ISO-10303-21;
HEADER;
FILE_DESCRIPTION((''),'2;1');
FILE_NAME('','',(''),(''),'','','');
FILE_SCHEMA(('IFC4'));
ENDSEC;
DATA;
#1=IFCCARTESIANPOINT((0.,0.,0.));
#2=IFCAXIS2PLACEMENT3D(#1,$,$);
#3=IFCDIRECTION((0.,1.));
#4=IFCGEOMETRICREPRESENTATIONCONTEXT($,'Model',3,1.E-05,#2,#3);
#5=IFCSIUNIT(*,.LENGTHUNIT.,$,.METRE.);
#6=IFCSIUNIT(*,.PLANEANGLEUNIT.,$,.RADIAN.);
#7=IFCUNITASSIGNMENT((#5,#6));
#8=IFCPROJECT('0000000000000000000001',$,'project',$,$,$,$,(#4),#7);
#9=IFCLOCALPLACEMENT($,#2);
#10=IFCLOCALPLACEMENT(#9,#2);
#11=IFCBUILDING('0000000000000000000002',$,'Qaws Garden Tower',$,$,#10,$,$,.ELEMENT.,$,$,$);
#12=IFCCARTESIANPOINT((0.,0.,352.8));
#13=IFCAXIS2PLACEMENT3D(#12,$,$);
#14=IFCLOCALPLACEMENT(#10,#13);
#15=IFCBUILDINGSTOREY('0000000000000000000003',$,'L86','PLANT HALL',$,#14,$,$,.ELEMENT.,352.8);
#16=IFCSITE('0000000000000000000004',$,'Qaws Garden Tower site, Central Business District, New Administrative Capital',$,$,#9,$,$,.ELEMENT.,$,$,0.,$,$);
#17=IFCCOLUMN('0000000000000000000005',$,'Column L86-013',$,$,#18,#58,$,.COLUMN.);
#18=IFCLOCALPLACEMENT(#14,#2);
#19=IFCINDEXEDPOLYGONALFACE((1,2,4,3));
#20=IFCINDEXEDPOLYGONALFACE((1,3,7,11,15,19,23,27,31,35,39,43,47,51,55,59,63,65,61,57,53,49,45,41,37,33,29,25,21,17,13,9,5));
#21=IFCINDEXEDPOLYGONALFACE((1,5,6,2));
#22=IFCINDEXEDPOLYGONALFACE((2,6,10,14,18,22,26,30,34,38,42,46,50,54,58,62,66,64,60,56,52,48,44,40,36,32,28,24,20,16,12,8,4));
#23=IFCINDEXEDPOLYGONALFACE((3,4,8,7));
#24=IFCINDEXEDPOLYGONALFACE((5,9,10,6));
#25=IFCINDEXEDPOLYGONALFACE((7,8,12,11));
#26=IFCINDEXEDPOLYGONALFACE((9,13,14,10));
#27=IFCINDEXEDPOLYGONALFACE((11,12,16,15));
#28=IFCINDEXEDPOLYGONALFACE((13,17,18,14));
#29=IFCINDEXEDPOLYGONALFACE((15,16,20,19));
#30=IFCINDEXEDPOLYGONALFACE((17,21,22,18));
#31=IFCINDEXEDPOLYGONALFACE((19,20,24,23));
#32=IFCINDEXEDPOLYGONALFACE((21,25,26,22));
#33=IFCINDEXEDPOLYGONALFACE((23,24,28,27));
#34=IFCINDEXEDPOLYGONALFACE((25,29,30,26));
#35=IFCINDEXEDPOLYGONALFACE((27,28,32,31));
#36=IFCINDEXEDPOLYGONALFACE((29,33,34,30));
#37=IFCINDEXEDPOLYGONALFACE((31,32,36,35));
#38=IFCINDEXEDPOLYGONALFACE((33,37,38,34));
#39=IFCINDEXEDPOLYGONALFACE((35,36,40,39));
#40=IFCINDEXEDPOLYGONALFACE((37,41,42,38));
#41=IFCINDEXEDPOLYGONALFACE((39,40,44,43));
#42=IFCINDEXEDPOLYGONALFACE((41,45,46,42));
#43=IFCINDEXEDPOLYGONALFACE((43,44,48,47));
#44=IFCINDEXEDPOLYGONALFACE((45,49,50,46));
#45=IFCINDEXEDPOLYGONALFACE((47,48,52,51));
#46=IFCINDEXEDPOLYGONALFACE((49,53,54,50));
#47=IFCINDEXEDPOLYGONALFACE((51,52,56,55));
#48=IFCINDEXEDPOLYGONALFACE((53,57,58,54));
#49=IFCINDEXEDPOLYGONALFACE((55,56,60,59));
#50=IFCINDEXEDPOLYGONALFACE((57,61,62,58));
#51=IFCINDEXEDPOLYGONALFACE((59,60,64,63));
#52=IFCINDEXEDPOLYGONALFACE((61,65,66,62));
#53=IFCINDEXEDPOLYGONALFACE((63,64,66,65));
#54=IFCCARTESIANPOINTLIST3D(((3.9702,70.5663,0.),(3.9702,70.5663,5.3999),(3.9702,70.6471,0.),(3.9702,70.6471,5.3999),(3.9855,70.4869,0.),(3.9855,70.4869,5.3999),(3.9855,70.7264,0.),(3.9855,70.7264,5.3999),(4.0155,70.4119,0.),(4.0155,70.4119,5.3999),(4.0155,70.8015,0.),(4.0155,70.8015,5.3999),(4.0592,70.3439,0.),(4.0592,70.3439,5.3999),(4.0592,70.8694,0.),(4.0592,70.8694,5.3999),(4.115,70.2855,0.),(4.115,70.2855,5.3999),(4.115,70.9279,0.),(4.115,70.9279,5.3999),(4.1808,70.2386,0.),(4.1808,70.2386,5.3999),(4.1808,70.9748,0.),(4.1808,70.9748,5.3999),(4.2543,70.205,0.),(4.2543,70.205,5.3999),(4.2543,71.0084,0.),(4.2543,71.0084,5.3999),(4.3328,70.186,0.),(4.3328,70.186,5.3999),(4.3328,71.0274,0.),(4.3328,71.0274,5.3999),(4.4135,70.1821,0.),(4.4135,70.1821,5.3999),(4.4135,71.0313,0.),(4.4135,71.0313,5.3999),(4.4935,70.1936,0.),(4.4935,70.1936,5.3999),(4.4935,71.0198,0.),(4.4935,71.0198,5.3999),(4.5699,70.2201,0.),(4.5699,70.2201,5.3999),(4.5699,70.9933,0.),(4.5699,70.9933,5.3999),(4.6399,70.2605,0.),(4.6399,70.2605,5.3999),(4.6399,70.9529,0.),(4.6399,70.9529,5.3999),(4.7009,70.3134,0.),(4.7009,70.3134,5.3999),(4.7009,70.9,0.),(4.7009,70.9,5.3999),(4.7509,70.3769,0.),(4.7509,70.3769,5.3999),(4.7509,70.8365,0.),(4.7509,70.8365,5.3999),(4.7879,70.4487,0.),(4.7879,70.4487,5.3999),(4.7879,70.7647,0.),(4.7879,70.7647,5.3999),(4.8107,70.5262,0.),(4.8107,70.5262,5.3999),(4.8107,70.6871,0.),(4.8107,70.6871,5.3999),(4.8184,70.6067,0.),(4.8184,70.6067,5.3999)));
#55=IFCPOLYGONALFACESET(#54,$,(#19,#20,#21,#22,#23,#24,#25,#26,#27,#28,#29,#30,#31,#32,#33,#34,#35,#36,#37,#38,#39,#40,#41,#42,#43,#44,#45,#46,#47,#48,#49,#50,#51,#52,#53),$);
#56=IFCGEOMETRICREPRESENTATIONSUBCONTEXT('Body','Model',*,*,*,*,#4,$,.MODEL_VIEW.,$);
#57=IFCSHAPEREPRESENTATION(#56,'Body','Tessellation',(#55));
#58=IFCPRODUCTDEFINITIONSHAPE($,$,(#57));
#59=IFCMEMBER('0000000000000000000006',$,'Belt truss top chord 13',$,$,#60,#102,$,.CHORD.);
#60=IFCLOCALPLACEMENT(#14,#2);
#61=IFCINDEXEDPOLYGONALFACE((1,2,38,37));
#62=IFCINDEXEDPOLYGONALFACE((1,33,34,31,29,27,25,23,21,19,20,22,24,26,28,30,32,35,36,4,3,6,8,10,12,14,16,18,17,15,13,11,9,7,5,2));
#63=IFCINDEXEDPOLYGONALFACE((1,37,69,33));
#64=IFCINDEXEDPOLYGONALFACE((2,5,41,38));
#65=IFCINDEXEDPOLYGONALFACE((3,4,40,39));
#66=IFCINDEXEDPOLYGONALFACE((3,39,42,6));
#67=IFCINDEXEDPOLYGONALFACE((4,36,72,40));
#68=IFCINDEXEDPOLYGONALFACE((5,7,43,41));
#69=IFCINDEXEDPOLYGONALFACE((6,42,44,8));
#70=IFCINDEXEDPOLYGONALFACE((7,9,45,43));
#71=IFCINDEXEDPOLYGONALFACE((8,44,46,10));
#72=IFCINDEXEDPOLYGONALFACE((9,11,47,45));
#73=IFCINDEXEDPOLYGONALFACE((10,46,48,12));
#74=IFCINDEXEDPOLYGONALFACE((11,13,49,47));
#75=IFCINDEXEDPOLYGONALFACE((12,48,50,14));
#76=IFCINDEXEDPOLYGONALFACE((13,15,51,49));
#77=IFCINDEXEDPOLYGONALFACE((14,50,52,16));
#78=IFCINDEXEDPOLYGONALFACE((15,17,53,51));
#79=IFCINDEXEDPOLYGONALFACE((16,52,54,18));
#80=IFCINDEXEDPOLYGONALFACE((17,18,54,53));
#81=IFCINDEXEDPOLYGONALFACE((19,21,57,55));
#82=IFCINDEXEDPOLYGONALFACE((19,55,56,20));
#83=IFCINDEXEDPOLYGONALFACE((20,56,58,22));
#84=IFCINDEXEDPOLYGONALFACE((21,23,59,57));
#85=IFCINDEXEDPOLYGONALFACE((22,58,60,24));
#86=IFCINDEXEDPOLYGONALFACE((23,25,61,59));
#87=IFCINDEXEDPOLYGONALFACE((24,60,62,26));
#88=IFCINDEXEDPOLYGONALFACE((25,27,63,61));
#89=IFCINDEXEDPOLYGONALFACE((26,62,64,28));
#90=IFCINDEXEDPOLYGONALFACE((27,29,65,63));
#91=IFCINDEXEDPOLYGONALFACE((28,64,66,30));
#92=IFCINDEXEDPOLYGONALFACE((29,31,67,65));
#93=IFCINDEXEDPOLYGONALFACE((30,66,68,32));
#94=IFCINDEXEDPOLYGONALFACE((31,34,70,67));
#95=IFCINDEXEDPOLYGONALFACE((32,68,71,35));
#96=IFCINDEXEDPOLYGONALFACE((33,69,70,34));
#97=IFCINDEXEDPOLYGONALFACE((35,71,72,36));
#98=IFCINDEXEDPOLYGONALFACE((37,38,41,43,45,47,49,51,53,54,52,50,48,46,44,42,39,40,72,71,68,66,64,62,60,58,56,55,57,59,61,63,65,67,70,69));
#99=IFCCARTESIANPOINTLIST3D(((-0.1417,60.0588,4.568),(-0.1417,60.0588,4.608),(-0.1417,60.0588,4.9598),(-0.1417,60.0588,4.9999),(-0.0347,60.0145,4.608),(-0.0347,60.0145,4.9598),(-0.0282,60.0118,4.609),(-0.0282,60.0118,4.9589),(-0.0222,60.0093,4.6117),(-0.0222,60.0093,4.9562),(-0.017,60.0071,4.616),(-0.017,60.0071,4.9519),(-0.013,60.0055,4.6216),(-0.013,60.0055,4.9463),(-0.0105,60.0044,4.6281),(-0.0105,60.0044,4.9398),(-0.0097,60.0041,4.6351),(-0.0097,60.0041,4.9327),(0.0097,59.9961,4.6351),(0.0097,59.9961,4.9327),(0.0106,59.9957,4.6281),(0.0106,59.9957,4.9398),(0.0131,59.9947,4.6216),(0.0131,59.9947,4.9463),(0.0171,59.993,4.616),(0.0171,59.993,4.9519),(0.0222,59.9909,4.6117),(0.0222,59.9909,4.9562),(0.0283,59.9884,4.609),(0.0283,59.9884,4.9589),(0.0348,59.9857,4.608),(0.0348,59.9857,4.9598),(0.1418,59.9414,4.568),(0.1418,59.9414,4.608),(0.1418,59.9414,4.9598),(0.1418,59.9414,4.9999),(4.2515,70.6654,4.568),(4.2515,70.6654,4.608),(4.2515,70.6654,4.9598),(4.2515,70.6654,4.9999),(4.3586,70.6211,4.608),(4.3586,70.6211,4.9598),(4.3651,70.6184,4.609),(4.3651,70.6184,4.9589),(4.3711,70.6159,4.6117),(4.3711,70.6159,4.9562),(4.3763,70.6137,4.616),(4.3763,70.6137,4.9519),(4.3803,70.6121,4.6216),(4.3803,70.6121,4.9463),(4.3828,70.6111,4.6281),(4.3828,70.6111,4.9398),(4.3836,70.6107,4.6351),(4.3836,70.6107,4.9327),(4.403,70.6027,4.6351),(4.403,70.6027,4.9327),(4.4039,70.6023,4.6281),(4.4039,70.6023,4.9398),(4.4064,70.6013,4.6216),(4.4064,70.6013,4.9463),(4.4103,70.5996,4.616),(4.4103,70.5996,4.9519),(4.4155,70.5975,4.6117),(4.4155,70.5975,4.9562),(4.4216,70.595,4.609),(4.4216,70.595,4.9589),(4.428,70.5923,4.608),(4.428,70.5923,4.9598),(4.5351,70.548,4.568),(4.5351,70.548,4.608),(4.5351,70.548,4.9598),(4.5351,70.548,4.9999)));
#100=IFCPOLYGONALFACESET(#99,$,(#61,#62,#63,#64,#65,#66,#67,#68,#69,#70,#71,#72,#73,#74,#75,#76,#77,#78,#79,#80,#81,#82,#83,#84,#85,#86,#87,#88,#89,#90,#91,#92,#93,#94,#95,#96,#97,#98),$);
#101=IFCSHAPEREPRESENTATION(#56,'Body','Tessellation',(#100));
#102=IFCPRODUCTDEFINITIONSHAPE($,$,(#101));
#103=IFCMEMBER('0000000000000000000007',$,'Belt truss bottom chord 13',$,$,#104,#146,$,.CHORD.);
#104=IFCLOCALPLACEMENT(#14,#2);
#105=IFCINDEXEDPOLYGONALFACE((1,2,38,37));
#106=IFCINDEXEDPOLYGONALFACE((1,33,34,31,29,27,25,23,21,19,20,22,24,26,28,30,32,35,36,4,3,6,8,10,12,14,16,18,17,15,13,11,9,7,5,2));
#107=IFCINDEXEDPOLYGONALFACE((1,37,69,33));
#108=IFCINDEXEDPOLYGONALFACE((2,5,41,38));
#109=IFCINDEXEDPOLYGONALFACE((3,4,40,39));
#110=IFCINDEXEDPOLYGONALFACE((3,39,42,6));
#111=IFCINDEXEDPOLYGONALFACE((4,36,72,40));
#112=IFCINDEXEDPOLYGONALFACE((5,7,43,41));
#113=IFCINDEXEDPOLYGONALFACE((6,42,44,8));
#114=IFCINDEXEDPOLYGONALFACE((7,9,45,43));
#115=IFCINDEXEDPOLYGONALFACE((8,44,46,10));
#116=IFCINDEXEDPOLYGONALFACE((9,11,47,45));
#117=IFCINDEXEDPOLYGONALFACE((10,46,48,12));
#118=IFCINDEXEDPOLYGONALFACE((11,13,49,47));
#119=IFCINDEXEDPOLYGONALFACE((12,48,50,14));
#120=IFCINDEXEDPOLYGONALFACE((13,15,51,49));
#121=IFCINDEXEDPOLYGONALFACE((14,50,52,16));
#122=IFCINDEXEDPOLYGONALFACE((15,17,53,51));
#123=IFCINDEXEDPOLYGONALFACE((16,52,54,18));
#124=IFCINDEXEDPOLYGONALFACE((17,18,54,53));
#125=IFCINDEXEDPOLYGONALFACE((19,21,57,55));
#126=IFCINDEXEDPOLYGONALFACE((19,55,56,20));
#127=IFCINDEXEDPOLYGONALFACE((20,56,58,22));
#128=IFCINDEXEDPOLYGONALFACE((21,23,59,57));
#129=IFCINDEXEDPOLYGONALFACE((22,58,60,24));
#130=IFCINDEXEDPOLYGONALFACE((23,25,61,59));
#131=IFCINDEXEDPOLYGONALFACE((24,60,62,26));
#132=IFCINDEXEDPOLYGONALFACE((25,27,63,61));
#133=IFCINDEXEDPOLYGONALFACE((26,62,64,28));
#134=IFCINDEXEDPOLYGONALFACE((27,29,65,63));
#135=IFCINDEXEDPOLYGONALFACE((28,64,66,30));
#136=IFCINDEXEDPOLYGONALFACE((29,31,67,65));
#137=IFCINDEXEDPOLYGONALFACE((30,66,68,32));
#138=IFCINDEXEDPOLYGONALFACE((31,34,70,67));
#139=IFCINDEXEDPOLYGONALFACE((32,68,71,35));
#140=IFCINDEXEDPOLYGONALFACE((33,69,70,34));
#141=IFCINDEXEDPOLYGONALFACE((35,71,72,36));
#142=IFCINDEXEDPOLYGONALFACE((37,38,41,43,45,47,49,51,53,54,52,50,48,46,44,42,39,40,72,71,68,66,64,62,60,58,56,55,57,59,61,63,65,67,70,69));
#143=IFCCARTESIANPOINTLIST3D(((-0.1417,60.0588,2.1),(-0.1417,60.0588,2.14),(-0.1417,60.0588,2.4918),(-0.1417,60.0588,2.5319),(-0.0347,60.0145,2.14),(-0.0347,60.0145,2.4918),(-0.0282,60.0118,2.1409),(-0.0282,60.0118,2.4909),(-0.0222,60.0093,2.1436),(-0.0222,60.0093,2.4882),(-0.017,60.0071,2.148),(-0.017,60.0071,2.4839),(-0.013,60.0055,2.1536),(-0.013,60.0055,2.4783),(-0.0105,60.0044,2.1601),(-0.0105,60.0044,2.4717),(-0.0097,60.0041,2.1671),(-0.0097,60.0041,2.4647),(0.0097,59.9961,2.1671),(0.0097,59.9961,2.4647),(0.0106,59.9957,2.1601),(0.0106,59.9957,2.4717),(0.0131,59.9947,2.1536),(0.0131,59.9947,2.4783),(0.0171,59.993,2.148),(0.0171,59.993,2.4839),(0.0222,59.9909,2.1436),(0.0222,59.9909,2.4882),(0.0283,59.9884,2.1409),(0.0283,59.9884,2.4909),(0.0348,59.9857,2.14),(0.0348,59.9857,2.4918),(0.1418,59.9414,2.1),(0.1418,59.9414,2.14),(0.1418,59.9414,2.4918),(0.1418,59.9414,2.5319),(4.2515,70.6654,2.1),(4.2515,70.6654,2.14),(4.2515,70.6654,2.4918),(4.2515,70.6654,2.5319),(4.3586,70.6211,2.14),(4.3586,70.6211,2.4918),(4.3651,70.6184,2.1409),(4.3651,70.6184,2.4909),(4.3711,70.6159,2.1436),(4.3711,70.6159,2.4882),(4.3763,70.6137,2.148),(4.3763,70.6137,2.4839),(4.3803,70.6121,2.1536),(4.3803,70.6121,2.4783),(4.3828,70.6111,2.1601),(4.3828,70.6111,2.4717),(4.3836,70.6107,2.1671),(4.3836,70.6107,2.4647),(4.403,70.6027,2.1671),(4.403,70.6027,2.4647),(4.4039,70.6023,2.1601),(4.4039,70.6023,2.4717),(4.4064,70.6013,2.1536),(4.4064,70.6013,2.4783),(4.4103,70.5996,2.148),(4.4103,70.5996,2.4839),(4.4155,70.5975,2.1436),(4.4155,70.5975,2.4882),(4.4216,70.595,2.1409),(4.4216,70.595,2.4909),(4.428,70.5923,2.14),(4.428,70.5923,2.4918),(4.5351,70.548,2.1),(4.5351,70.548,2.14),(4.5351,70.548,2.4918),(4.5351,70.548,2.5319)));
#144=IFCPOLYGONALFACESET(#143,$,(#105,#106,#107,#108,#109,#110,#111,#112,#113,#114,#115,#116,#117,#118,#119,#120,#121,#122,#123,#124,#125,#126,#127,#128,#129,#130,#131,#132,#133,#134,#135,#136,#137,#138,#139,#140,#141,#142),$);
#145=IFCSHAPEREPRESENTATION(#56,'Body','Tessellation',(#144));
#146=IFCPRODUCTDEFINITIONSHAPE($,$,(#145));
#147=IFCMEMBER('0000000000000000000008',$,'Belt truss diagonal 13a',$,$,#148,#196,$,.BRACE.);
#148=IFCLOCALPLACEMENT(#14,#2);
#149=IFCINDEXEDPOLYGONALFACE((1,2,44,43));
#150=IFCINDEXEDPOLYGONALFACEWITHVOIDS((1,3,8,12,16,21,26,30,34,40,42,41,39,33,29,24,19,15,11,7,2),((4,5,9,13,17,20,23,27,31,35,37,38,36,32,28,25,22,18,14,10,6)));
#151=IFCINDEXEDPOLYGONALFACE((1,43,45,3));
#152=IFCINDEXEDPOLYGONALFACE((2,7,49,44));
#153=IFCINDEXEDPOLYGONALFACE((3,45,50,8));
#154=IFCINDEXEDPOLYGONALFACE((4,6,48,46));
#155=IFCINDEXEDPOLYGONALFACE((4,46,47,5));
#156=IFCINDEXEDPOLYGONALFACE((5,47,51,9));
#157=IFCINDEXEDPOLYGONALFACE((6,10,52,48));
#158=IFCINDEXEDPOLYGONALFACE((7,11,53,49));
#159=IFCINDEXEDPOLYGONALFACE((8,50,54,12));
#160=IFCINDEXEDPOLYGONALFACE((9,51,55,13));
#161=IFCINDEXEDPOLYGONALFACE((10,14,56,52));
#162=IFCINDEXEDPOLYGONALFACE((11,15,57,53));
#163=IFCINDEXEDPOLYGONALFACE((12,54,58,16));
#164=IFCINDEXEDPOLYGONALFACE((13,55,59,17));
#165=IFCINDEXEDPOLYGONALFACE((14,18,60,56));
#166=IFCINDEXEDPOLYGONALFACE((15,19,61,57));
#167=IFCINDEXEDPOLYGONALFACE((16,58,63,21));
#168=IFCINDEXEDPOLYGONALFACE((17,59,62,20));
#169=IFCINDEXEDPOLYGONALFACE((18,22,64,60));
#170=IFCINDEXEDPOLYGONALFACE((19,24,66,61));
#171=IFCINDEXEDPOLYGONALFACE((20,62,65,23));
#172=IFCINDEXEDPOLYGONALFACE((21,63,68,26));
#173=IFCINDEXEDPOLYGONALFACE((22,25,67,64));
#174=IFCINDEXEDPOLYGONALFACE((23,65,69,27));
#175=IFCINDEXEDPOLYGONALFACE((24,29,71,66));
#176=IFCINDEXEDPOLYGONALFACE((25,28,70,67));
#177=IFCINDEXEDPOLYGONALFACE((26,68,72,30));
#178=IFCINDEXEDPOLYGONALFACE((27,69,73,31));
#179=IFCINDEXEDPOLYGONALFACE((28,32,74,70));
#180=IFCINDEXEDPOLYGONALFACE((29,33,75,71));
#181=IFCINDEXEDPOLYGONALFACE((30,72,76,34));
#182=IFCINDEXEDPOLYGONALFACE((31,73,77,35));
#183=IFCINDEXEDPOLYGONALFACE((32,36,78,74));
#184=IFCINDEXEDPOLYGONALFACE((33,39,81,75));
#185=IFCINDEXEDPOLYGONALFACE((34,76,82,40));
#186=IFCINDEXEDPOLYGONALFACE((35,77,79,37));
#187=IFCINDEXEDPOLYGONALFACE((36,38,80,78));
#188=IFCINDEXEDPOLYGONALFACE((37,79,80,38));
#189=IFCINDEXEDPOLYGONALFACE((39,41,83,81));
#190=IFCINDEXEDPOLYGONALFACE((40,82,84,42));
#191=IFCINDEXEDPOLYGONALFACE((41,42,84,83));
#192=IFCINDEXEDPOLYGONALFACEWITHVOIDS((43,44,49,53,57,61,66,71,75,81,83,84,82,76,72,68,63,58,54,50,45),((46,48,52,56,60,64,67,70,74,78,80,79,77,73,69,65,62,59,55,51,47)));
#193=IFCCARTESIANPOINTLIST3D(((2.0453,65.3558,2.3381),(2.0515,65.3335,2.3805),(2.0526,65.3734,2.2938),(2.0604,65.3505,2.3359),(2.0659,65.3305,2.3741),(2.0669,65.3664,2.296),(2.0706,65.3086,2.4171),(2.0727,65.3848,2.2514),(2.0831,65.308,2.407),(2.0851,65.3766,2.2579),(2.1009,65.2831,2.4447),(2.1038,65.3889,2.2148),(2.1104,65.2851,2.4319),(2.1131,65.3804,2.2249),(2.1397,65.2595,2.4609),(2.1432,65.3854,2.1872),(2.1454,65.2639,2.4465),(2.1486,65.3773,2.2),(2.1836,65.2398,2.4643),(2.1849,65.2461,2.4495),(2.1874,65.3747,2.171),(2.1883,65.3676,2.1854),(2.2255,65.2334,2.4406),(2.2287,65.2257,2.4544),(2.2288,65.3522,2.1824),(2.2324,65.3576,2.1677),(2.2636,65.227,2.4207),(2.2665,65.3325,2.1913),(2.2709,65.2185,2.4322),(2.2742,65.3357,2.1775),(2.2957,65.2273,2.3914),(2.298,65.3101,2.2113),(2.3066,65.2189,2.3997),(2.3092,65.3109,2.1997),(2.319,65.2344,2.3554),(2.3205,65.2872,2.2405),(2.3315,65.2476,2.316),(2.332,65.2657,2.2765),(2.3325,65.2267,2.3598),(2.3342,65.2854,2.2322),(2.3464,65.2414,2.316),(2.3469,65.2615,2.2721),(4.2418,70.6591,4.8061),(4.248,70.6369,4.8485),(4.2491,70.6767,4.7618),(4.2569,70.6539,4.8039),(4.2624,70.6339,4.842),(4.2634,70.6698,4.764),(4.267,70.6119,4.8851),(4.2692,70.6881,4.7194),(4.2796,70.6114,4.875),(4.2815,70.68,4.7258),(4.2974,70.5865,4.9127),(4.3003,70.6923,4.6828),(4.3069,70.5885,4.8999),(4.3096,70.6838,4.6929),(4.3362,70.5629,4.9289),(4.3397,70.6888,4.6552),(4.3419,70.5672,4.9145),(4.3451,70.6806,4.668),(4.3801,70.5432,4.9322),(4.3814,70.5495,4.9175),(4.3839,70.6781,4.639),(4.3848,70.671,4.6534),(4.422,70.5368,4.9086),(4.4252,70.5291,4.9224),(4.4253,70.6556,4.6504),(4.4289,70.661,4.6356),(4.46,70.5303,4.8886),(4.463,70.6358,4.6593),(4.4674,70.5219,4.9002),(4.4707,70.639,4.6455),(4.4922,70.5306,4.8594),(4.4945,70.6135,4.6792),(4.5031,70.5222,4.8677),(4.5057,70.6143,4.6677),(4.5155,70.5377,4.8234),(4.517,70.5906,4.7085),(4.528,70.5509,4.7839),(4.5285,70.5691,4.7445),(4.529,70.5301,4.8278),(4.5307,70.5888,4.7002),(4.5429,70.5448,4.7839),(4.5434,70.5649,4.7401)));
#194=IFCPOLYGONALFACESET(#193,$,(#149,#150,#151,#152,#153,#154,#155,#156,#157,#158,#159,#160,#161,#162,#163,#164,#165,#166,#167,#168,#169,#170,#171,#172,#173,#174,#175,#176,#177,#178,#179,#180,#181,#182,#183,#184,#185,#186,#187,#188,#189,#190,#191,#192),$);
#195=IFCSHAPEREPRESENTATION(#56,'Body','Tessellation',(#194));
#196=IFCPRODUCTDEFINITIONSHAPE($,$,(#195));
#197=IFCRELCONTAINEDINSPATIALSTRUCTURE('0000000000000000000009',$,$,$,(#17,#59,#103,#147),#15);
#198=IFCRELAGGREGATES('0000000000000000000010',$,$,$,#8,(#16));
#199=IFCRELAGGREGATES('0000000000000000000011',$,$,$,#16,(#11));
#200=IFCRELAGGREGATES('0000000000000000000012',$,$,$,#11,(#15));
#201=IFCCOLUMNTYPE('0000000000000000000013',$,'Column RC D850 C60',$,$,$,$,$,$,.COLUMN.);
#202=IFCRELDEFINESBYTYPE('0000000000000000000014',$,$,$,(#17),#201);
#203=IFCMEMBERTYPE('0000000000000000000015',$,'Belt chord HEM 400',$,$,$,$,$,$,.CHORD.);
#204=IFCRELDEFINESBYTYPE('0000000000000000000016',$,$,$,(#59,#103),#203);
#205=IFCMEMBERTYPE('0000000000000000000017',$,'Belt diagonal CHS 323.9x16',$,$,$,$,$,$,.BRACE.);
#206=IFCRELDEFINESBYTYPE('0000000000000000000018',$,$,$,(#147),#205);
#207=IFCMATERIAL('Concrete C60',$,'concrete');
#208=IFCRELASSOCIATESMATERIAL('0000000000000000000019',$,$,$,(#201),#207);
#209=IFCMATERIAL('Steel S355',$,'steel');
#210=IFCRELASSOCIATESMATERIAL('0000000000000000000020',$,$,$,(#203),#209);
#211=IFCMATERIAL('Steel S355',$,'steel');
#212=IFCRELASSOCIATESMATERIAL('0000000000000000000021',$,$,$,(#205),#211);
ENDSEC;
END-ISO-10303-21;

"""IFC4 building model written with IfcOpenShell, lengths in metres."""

from ifc_helpers import new_model, si_unit, direction, frame, origin, origin_2d, place, context, subcontext, project, spatial, circle, hollow_circle, i_section, extrude, material, material_profile, profile_set, type_object, element, save


model = new_model("IFC4")

# Units and contexts
model_context = context("Model", 3, precision=1e-05, world=origin(), true_north=direction((0.0, 1.0)))
body_context = subcontext(model_context, "Body", "Model", "MODEL_VIEW")
ifc_project = project(units=[si_unit("LENGTHUNIT", "METRE"), si_unit("PLANEANGLEUNIT", "RADIAN")], contexts=[model_context])

# Site, building, storey
site_placement = place(None, origin())
site = spatial("IfcSite", under=ifc_project, at=site_placement, Name="Qaws Garden Tower site, Central Business District, New Administrative Capital", CompositionType="ELEMENT", RefElevation=0.0)
building_placement = place(site_placement, origin())
building = spatial("IfcBuilding", under=site, at=building_placement, Name="Qaws Garden Tower", CompositionType="ELEMENT")
storey_placement = place(building_placement, frame((0.0, 0.0, 352.8)))
storey = spatial("IfcBuildingStorey", under=building, at=storey_placement, Name="L86", Description="PLANT HALL", CompositionType="ELEMENT", Elevation=352.8)

# Column
ifc_material_1 = material(Name="Concrete C60", Category="concrete")
ifc_material_profile_1 = material_profile(ifc_material_1, circle(Radius=0.425, at=origin_2d()), Name="RC D850")
ifc_profile_set_1 = profile_set([ifc_material_profile_1], Name="Concrete C60")
column_type = type_object("IfcColumnType", Name="Column RC D850 C60", PredefinedType="COLUMN", material=ifc_profile_set_1)
column_placement = place(storey_placement, frame((4.3933, 70.6067, 0.0), z_axis=(0.0, 0.0, 1.0), x_axis=(1.0, 0.0, 0.0)))
element("IfcColumn", 1, at=column_placement, inside=storey, type_object=column_type, Name="Column L86-013", PredefinedType="COLUMN", context=body_context, shape_type="SweptSolid", body=[
    extrude(circle(Radius=0.425, at=origin_2d()), origin(), (0.0, 0.0, 1.0), 5.3999),
])

# Members
ifc_material_2 = material(Name="Steel S355", Category="steel")
ifc_material_profile_2 = material_profile(ifc_material_2, i_section(OverallWidth=0.3069, OverallDepth=0.4319, WebThickness=0.021, FlangeThickness=0.04, FilletRadius=0.0271, at=origin_2d()), Name="HEM 400")
ifc_profile_set_2 = profile_set([ifc_material_profile_2], Name="Steel S355")
member_type_1 = type_object("IfcMemberType", Name="Belt chord HEM 400", PredefinedType="CHORD", material=ifc_profile_set_2)
for number, where, z_axis, x_axis, name in (
    (2, (4.3933, 70.6067, 4.7839), (-0.382674, -0.923883, 0.0), (0.923883, -0.382674, 0.0), "Belt truss top chord 13"),
    (3, (4.3933, 70.6067, 2.3159), (-0.382674, -0.923883, 0.0), (0.923883, -0.382674, 0.0), "Belt truss bottom chord 13"),
):
    element("IfcMember", number, at=place(storey_placement, frame(where, z_axis=z_axis, x_axis=x_axis)), inside=storey, type_object=member_type_1, Name=name, PredefinedType="CHORD", context=body_context, shape_type="SweptSolid", body=[
        extrude(i_section(OverallWidth=0.3069, OverallDepth=0.4319, WebThickness=0.021, FlangeThickness=0.04, FilletRadius=0.0271, at=origin_2d()), origin(), (0.0, 0.0, 1.0), 11.4805),
    ])
ifc_material_3 = material(Name="Steel S355", Category="steel")
ifc_material_profile_3 = material_profile(ifc_material_3, hollow_circle(Radius=0.1619, WallThickness=0.0161, at=origin_2d()), Name="CHS 323.9x16")
ifc_profile_set_3 = profile_set([ifc_material_profile_3], Name="Steel S355")
member_type_2 = type_object("IfcMemberType", Name="Belt diagonal CHS 323.9x16", PredefinedType="BRACE", material=ifc_profile_set_3)
member_1_placement = place(storey_placement, frame((4.3933, 70.6067, 4.7839), z_axis=(-0.351535, -0.848771, -0.394983), x_axis=(0.923894, -0.382649, 0.0)))
element("IfcMember", 4, at=member_1_placement, inside=storey, type_object=member_type_2, Name="Belt truss diagonal 13a", PredefinedType="BRACE", context=body_context, shape_type="SweptSolid", body=[
    extrude(hollow_circle(Radius=0.1619, WallThickness=0.0161, at=origin_2d()), origin(), (0.0, 0.0, 1.0), 6.2483),
])

save(model, "model.ifc")
